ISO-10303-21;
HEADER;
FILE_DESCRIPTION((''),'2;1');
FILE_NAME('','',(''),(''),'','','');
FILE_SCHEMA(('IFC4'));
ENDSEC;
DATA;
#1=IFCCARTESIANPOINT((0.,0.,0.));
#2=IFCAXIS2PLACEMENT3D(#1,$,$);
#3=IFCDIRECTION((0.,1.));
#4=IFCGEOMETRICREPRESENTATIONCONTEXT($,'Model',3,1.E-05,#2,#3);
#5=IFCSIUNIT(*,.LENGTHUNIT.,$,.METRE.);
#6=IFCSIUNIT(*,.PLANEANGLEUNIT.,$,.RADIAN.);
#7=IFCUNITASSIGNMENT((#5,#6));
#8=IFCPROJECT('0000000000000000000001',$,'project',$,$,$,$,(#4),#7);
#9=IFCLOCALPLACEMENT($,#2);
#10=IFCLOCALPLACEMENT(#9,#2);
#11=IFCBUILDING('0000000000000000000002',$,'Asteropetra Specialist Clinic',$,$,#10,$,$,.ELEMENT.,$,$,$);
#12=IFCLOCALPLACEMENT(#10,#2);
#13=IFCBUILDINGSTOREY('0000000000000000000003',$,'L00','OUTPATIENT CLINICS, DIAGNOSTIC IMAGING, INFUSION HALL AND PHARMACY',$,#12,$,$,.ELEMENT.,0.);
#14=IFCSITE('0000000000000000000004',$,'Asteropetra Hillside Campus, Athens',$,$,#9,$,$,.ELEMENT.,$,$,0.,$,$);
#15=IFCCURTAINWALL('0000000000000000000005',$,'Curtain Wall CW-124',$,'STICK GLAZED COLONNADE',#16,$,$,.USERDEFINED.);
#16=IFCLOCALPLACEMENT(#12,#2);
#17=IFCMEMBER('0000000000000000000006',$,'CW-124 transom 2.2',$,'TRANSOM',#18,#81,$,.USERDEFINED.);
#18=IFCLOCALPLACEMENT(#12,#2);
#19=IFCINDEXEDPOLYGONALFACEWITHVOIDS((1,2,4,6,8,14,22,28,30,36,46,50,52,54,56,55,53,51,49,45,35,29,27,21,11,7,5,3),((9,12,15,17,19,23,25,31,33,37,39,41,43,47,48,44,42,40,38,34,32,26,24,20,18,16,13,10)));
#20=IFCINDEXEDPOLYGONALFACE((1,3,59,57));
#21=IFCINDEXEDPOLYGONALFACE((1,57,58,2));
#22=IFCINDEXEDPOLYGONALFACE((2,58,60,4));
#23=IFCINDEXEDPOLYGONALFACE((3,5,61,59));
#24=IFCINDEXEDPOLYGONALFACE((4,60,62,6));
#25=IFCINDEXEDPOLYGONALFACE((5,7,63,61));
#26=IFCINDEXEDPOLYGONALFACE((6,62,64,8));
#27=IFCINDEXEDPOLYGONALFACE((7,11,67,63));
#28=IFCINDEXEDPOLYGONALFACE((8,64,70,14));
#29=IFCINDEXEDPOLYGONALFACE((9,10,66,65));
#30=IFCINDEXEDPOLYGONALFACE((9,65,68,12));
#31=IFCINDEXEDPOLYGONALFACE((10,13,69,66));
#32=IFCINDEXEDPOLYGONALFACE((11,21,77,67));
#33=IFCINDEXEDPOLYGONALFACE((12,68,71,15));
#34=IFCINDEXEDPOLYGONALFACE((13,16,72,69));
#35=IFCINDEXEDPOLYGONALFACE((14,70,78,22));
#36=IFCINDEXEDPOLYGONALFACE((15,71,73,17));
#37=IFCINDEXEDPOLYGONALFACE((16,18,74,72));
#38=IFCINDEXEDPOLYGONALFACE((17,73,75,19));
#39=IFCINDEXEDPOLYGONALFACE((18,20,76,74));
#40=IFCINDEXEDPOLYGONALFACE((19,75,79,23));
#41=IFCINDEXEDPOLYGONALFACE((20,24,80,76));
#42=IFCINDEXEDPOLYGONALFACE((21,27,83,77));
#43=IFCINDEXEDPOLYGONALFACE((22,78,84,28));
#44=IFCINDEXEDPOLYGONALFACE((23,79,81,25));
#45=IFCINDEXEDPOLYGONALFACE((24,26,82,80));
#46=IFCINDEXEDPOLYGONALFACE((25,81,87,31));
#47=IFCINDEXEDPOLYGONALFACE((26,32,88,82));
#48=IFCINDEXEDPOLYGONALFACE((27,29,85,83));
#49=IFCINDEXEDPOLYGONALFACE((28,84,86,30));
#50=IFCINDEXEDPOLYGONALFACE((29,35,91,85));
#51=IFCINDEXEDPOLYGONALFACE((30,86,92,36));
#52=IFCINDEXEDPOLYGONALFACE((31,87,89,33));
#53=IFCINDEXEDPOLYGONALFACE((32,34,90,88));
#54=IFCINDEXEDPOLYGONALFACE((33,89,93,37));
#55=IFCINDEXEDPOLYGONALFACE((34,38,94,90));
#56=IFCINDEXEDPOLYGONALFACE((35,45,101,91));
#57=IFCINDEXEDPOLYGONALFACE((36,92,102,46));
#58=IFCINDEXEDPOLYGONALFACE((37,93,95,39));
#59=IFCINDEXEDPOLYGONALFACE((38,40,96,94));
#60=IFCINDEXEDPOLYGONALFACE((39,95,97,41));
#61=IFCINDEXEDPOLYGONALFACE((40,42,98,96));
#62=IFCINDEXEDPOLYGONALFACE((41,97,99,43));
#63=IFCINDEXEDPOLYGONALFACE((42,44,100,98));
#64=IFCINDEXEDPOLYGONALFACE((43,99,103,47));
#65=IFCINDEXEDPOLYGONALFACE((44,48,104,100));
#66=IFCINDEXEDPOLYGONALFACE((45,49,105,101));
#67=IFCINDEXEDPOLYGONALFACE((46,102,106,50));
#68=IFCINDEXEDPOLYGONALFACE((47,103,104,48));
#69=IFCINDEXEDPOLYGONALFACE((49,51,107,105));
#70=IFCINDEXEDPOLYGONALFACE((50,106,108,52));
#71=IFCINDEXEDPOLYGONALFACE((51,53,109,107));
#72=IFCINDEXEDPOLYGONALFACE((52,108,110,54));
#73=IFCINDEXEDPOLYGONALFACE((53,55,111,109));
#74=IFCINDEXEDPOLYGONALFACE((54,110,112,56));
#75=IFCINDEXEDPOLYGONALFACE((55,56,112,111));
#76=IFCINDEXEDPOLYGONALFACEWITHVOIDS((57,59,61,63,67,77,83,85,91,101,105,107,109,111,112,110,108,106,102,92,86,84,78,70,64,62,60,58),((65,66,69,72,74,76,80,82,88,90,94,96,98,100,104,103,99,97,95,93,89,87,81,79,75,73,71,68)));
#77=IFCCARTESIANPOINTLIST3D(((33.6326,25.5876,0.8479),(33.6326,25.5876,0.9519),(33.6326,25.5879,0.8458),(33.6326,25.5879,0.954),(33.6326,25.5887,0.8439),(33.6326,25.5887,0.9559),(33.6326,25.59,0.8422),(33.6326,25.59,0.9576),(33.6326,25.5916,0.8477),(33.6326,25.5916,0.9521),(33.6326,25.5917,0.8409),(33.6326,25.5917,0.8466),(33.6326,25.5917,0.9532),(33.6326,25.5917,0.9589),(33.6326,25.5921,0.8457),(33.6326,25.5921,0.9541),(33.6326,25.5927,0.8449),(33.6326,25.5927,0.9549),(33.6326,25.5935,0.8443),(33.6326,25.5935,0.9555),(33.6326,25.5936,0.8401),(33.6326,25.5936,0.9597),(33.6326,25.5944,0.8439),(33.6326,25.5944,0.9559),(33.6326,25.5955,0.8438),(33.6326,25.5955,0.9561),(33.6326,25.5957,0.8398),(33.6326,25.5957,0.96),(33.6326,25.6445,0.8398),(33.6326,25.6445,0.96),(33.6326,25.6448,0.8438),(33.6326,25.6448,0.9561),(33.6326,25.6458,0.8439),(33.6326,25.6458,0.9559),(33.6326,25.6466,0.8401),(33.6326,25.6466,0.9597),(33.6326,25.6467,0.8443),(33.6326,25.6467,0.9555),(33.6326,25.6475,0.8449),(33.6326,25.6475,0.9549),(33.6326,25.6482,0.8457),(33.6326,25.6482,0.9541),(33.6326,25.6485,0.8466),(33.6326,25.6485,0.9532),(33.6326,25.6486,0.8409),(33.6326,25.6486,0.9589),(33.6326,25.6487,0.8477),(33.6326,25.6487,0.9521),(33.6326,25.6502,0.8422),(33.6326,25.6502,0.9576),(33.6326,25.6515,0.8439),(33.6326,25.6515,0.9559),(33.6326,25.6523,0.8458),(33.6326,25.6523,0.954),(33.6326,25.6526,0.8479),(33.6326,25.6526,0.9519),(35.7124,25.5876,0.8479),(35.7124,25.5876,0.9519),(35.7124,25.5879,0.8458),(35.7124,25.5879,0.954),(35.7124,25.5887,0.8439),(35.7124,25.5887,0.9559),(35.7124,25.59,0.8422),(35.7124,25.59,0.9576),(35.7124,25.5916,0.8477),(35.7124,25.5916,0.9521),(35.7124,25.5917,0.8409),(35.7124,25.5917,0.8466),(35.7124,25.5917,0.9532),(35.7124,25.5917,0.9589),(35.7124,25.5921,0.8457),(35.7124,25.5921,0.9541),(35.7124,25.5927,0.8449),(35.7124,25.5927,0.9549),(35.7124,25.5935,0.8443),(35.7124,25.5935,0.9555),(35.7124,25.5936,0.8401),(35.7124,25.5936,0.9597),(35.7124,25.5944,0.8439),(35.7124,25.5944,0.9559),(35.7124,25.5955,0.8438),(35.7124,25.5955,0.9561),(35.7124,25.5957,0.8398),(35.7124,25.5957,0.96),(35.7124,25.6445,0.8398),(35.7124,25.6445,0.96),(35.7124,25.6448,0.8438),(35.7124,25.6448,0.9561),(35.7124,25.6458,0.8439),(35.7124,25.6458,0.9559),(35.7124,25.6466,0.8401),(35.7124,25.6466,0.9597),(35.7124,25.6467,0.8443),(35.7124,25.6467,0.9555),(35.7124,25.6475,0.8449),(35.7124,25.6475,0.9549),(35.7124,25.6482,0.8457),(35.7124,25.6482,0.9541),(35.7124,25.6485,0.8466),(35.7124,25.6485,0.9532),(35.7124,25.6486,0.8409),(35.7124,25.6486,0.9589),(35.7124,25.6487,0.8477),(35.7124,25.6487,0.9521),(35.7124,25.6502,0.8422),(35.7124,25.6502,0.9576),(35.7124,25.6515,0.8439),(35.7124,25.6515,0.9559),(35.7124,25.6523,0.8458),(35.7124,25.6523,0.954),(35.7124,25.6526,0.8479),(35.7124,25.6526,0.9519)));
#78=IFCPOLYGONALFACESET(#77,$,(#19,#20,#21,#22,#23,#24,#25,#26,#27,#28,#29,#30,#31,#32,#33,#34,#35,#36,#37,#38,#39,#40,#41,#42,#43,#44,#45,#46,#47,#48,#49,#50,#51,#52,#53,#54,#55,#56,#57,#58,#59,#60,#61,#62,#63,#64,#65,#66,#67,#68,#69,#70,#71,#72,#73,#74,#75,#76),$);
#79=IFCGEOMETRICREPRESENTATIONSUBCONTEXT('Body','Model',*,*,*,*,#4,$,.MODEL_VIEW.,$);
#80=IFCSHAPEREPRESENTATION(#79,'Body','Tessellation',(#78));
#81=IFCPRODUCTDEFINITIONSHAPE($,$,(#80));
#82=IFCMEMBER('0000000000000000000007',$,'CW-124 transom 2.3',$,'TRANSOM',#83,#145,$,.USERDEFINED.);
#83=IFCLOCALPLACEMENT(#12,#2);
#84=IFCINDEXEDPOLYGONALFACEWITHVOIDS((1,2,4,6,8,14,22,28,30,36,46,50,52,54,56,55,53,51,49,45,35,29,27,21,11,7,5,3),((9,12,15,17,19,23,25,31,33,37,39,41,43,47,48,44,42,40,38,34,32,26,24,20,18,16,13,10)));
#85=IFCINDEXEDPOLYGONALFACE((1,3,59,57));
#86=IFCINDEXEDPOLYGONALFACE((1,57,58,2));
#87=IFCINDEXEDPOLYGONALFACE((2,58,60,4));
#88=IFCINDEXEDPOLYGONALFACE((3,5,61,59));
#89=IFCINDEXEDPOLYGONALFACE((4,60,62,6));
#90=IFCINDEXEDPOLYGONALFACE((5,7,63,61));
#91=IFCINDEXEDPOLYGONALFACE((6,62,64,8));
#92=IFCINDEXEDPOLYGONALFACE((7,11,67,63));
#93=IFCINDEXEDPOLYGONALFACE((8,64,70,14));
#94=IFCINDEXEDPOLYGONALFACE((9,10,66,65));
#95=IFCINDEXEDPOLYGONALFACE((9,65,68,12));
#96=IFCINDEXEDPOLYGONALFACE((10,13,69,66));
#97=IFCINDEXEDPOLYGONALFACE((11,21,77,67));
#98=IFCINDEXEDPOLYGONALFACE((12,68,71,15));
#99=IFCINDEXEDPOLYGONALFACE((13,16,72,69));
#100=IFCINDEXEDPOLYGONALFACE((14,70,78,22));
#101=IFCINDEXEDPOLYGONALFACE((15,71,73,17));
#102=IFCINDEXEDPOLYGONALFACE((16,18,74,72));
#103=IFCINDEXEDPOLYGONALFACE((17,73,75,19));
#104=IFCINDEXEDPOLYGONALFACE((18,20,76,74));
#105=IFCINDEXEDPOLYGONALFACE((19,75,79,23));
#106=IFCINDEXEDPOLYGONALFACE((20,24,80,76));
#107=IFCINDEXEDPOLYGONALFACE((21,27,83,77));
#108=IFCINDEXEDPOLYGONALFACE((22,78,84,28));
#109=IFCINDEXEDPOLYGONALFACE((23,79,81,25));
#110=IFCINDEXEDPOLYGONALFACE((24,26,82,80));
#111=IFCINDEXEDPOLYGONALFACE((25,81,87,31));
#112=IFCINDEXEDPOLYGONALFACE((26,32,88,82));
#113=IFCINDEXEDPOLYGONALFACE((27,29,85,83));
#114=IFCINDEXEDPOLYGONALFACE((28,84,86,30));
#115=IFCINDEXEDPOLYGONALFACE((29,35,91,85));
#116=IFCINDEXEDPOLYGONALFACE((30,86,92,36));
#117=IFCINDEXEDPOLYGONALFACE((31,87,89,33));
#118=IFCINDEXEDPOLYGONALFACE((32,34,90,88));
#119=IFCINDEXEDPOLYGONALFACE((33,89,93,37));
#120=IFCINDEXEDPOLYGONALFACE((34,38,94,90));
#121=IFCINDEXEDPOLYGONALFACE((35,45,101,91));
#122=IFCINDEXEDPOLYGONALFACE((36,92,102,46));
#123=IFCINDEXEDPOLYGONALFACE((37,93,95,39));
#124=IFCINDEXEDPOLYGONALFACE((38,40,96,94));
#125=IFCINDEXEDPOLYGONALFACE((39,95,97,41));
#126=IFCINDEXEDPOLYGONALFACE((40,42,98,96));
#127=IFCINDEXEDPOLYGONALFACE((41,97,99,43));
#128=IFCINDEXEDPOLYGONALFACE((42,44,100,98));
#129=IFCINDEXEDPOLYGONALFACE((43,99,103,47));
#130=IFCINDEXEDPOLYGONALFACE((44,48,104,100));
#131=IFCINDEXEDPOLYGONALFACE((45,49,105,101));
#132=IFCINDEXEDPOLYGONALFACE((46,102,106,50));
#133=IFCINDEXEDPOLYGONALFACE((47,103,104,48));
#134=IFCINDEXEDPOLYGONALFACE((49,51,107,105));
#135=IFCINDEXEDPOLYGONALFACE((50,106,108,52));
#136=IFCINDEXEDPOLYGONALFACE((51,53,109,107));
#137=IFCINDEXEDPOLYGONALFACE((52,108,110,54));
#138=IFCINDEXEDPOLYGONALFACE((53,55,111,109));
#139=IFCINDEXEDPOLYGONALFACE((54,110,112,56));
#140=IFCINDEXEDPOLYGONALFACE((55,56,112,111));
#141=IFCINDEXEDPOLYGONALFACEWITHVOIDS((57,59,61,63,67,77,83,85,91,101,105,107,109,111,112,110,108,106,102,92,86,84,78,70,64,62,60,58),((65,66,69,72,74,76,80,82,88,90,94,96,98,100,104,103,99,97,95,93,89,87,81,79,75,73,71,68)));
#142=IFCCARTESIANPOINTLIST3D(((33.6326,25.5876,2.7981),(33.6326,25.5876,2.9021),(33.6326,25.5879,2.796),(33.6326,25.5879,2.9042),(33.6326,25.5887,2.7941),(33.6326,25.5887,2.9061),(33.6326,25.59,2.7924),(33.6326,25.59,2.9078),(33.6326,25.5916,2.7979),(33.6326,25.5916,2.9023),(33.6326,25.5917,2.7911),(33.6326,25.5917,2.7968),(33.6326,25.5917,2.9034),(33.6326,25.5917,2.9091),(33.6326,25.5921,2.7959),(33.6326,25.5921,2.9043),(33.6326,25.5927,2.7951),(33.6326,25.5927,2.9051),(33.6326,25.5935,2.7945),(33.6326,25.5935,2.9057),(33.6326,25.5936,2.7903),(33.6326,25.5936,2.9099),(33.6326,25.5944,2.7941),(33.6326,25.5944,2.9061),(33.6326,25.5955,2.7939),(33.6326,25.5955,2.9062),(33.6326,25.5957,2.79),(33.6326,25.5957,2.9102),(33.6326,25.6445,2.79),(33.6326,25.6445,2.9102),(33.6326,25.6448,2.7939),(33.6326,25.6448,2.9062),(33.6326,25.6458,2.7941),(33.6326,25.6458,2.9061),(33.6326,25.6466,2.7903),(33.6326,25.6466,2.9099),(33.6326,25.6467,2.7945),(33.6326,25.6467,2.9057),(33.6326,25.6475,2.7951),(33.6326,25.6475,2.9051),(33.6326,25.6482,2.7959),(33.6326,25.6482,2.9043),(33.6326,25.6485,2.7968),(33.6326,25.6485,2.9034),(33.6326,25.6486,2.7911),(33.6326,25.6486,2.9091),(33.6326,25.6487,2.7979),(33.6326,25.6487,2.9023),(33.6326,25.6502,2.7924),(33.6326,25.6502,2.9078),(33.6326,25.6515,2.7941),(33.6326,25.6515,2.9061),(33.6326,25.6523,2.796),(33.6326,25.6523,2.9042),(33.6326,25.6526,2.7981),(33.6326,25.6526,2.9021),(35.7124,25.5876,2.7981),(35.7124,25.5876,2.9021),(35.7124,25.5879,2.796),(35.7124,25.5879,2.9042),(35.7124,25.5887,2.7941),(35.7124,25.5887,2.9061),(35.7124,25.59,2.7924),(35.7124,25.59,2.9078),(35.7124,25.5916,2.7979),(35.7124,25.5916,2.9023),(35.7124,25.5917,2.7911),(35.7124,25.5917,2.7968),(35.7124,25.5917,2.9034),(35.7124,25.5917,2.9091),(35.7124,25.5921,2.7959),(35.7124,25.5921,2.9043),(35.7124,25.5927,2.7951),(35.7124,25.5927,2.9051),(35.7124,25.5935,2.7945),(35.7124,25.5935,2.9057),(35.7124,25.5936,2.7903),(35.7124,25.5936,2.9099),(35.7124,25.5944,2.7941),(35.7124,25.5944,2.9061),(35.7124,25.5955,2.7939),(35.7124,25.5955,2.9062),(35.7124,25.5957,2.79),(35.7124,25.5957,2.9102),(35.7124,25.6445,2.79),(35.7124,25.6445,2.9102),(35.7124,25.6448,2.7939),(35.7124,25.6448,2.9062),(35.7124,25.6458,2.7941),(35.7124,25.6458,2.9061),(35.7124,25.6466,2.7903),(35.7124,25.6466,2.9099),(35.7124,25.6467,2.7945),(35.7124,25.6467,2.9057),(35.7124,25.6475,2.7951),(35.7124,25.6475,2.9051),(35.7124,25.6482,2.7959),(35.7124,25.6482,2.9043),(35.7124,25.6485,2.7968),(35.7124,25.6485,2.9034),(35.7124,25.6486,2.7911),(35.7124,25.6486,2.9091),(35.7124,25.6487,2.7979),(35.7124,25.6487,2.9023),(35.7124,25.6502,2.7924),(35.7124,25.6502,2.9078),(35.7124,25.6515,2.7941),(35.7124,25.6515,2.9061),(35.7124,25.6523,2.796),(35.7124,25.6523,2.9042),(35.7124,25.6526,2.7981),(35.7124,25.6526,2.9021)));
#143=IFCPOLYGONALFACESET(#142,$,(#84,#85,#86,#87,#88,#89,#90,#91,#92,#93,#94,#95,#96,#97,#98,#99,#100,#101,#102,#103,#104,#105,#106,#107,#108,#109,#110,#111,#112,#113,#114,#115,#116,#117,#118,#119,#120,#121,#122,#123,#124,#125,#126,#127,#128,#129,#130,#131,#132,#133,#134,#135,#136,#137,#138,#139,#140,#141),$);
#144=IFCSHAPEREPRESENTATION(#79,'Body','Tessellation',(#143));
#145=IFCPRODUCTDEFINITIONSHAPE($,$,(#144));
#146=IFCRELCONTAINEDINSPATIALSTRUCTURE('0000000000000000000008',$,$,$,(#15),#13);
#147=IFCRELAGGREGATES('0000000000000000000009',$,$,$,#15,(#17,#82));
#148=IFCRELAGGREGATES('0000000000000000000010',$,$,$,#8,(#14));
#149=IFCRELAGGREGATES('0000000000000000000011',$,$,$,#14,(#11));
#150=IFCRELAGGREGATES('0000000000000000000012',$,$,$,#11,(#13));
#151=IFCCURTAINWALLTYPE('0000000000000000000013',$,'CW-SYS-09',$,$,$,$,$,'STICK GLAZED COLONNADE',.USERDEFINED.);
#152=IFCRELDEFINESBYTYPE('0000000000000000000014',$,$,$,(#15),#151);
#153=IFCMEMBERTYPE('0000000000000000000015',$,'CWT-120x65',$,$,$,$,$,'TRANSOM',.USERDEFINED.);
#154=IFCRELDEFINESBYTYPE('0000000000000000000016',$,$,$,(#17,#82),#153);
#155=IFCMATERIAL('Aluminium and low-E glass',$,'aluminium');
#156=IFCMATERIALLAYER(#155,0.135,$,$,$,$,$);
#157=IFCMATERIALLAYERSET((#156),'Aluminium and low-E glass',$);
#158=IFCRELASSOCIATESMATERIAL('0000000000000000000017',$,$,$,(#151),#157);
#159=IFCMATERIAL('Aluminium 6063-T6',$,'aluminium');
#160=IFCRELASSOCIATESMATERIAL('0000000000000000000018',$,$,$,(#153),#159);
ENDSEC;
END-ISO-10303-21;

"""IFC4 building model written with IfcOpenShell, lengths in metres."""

from ifc_helpers import new_model, si_unit, direction, frame, origin, origin_2d, place, context, subcontext, project, spatial, hollow_rectangle, extrude, material, layer, layer_set, material_profile, profile_set, type_object, element, aggregate, save


model = new_model("IFC4")

# Units and contexts
model_context = context("Model", 3, precision=1e-05, world=origin(), true_north=direction((0.0, 1.0)))
body_context = subcontext(model_context, "Body", "Model", "MODEL_VIEW")
ifc_project = project(units=[si_unit("LENGTHUNIT", "METRE"), si_unit("PLANEANGLEUNIT", "RADIAN")], contexts=[model_context])

# Site, building, storey
site_placement = place(None, origin())
site = spatial("IfcSite", under=ifc_project, at=site_placement, Name="Asteropetra Hillside Campus, Athens", CompositionType="ELEMENT", RefElevation=0.0)
building_placement = place(site_placement, origin())
building = spatial("IfcBuilding", under=site, at=building_placement, Name="Asteropetra Specialist Clinic", CompositionType="ELEMENT")
storey_placement = place(building_placement, origin())
storey = spatial("IfcBuildingStorey", under=building, at=storey_placement, Name="L00", Description="OUTPATIENT CLINICS, DIAGNOSTIC IMAGING, INFUSION HALL AND PHARMACY", CompositionType="ELEMENT", Elevation=0.0)

# Curtain wall, members
ifc_material_1 = material(Name="Aluminium and low-E glass", Category="aluminium")
ifc_layer_1 = layer(ifc_material_1, 0.135)
ifc_layer_set_1 = layer_set([ifc_layer_1], Name="Aluminium and low-E glass")
curtain_wall_type = type_object("IfcCurtainWallType", Name="CW-SYS-09", ElementType="STICK GLAZED COLONNADE", PredefinedType="USERDEFINED", material=ifc_layer_set_1)
curtain_wall_placement = place(storey_placement, origin())
curtain_wall = element("IfcCurtainWall", 1, at=curtain_wall_placement, inside=storey, type_object=curtain_wall_type, Name="Curtain Wall CW-124", ObjectType="STICK GLAZED COLONNADE", PredefinedType="USERDEFINED")
ifc_material_2 = material(Name="Aluminium 6063-T6", Category="aluminium")
ifc_material_profile_1 = material_profile(ifc_material_2, hollow_rectangle(XDim=0.0649, YDim=0.1201, WallThickness=0.0039, InnerFilletRadius=0.0039, OuterFilletRadius=0.0081, at=origin_2d()), Name="TRN 120x65x4.0")
ifc_profile_set_1 = profile_set([ifc_material_profile_1], Name="Aluminium 6063-T6")
member_type_1 = type_object("IfcMemberType", Name="CWT-120x65", ElementType="TRANSOM", PredefinedType="USERDEFINED", material=ifc_profile_set_1)
member_1_placement = place(storey_placement, frame((35.7124, 25.6201, 0.8999), z_axis=(-1.0, 0.0, 0.0), x_axis=(0.0, -1.0, 0.0)))
member_1 = element("IfcMember", 2, at=member_1_placement, type_object=member_type_1, Name="CW-124 transom 2.2", ObjectType="TRANSOM", PredefinedType="USERDEFINED", context=body_context, shape_type="SweptSolid", body=[
    extrude(hollow_rectangle(XDim=0.0649, YDim=0.1201, WallThickness=0.0039, InnerFilletRadius=0.0039, OuterFilletRadius=0.0081, at=origin_2d()), origin(), (0.0, 0.0, 1.0), 2.0798),
])
member_2_placement = place(storey_placement, frame((35.7124, 25.6201, 2.8501), z_axis=(-1.0, 0.0, 0.0), x_axis=(0.0, -1.0, 0.0)))
member_2 = element("IfcMember", 3, at=member_2_placement, type_object=member_type_1, Name="CW-124 transom 2.3", ObjectType="TRANSOM", PredefinedType="USERDEFINED", context=body_context, shape_type="SweptSolid", body=[
    extrude(hollow_rectangle(XDim=0.0649, YDim=0.1201, WallThickness=0.0039, InnerFilletRadius=0.0039, OuterFilletRadius=0.0081, at=origin_2d()), origin(), (0.0, 0.0, 1.0), 2.0798),
])

aggregate(curtain_wall, [member_1, member_2])

save(model, "model.ifc")
